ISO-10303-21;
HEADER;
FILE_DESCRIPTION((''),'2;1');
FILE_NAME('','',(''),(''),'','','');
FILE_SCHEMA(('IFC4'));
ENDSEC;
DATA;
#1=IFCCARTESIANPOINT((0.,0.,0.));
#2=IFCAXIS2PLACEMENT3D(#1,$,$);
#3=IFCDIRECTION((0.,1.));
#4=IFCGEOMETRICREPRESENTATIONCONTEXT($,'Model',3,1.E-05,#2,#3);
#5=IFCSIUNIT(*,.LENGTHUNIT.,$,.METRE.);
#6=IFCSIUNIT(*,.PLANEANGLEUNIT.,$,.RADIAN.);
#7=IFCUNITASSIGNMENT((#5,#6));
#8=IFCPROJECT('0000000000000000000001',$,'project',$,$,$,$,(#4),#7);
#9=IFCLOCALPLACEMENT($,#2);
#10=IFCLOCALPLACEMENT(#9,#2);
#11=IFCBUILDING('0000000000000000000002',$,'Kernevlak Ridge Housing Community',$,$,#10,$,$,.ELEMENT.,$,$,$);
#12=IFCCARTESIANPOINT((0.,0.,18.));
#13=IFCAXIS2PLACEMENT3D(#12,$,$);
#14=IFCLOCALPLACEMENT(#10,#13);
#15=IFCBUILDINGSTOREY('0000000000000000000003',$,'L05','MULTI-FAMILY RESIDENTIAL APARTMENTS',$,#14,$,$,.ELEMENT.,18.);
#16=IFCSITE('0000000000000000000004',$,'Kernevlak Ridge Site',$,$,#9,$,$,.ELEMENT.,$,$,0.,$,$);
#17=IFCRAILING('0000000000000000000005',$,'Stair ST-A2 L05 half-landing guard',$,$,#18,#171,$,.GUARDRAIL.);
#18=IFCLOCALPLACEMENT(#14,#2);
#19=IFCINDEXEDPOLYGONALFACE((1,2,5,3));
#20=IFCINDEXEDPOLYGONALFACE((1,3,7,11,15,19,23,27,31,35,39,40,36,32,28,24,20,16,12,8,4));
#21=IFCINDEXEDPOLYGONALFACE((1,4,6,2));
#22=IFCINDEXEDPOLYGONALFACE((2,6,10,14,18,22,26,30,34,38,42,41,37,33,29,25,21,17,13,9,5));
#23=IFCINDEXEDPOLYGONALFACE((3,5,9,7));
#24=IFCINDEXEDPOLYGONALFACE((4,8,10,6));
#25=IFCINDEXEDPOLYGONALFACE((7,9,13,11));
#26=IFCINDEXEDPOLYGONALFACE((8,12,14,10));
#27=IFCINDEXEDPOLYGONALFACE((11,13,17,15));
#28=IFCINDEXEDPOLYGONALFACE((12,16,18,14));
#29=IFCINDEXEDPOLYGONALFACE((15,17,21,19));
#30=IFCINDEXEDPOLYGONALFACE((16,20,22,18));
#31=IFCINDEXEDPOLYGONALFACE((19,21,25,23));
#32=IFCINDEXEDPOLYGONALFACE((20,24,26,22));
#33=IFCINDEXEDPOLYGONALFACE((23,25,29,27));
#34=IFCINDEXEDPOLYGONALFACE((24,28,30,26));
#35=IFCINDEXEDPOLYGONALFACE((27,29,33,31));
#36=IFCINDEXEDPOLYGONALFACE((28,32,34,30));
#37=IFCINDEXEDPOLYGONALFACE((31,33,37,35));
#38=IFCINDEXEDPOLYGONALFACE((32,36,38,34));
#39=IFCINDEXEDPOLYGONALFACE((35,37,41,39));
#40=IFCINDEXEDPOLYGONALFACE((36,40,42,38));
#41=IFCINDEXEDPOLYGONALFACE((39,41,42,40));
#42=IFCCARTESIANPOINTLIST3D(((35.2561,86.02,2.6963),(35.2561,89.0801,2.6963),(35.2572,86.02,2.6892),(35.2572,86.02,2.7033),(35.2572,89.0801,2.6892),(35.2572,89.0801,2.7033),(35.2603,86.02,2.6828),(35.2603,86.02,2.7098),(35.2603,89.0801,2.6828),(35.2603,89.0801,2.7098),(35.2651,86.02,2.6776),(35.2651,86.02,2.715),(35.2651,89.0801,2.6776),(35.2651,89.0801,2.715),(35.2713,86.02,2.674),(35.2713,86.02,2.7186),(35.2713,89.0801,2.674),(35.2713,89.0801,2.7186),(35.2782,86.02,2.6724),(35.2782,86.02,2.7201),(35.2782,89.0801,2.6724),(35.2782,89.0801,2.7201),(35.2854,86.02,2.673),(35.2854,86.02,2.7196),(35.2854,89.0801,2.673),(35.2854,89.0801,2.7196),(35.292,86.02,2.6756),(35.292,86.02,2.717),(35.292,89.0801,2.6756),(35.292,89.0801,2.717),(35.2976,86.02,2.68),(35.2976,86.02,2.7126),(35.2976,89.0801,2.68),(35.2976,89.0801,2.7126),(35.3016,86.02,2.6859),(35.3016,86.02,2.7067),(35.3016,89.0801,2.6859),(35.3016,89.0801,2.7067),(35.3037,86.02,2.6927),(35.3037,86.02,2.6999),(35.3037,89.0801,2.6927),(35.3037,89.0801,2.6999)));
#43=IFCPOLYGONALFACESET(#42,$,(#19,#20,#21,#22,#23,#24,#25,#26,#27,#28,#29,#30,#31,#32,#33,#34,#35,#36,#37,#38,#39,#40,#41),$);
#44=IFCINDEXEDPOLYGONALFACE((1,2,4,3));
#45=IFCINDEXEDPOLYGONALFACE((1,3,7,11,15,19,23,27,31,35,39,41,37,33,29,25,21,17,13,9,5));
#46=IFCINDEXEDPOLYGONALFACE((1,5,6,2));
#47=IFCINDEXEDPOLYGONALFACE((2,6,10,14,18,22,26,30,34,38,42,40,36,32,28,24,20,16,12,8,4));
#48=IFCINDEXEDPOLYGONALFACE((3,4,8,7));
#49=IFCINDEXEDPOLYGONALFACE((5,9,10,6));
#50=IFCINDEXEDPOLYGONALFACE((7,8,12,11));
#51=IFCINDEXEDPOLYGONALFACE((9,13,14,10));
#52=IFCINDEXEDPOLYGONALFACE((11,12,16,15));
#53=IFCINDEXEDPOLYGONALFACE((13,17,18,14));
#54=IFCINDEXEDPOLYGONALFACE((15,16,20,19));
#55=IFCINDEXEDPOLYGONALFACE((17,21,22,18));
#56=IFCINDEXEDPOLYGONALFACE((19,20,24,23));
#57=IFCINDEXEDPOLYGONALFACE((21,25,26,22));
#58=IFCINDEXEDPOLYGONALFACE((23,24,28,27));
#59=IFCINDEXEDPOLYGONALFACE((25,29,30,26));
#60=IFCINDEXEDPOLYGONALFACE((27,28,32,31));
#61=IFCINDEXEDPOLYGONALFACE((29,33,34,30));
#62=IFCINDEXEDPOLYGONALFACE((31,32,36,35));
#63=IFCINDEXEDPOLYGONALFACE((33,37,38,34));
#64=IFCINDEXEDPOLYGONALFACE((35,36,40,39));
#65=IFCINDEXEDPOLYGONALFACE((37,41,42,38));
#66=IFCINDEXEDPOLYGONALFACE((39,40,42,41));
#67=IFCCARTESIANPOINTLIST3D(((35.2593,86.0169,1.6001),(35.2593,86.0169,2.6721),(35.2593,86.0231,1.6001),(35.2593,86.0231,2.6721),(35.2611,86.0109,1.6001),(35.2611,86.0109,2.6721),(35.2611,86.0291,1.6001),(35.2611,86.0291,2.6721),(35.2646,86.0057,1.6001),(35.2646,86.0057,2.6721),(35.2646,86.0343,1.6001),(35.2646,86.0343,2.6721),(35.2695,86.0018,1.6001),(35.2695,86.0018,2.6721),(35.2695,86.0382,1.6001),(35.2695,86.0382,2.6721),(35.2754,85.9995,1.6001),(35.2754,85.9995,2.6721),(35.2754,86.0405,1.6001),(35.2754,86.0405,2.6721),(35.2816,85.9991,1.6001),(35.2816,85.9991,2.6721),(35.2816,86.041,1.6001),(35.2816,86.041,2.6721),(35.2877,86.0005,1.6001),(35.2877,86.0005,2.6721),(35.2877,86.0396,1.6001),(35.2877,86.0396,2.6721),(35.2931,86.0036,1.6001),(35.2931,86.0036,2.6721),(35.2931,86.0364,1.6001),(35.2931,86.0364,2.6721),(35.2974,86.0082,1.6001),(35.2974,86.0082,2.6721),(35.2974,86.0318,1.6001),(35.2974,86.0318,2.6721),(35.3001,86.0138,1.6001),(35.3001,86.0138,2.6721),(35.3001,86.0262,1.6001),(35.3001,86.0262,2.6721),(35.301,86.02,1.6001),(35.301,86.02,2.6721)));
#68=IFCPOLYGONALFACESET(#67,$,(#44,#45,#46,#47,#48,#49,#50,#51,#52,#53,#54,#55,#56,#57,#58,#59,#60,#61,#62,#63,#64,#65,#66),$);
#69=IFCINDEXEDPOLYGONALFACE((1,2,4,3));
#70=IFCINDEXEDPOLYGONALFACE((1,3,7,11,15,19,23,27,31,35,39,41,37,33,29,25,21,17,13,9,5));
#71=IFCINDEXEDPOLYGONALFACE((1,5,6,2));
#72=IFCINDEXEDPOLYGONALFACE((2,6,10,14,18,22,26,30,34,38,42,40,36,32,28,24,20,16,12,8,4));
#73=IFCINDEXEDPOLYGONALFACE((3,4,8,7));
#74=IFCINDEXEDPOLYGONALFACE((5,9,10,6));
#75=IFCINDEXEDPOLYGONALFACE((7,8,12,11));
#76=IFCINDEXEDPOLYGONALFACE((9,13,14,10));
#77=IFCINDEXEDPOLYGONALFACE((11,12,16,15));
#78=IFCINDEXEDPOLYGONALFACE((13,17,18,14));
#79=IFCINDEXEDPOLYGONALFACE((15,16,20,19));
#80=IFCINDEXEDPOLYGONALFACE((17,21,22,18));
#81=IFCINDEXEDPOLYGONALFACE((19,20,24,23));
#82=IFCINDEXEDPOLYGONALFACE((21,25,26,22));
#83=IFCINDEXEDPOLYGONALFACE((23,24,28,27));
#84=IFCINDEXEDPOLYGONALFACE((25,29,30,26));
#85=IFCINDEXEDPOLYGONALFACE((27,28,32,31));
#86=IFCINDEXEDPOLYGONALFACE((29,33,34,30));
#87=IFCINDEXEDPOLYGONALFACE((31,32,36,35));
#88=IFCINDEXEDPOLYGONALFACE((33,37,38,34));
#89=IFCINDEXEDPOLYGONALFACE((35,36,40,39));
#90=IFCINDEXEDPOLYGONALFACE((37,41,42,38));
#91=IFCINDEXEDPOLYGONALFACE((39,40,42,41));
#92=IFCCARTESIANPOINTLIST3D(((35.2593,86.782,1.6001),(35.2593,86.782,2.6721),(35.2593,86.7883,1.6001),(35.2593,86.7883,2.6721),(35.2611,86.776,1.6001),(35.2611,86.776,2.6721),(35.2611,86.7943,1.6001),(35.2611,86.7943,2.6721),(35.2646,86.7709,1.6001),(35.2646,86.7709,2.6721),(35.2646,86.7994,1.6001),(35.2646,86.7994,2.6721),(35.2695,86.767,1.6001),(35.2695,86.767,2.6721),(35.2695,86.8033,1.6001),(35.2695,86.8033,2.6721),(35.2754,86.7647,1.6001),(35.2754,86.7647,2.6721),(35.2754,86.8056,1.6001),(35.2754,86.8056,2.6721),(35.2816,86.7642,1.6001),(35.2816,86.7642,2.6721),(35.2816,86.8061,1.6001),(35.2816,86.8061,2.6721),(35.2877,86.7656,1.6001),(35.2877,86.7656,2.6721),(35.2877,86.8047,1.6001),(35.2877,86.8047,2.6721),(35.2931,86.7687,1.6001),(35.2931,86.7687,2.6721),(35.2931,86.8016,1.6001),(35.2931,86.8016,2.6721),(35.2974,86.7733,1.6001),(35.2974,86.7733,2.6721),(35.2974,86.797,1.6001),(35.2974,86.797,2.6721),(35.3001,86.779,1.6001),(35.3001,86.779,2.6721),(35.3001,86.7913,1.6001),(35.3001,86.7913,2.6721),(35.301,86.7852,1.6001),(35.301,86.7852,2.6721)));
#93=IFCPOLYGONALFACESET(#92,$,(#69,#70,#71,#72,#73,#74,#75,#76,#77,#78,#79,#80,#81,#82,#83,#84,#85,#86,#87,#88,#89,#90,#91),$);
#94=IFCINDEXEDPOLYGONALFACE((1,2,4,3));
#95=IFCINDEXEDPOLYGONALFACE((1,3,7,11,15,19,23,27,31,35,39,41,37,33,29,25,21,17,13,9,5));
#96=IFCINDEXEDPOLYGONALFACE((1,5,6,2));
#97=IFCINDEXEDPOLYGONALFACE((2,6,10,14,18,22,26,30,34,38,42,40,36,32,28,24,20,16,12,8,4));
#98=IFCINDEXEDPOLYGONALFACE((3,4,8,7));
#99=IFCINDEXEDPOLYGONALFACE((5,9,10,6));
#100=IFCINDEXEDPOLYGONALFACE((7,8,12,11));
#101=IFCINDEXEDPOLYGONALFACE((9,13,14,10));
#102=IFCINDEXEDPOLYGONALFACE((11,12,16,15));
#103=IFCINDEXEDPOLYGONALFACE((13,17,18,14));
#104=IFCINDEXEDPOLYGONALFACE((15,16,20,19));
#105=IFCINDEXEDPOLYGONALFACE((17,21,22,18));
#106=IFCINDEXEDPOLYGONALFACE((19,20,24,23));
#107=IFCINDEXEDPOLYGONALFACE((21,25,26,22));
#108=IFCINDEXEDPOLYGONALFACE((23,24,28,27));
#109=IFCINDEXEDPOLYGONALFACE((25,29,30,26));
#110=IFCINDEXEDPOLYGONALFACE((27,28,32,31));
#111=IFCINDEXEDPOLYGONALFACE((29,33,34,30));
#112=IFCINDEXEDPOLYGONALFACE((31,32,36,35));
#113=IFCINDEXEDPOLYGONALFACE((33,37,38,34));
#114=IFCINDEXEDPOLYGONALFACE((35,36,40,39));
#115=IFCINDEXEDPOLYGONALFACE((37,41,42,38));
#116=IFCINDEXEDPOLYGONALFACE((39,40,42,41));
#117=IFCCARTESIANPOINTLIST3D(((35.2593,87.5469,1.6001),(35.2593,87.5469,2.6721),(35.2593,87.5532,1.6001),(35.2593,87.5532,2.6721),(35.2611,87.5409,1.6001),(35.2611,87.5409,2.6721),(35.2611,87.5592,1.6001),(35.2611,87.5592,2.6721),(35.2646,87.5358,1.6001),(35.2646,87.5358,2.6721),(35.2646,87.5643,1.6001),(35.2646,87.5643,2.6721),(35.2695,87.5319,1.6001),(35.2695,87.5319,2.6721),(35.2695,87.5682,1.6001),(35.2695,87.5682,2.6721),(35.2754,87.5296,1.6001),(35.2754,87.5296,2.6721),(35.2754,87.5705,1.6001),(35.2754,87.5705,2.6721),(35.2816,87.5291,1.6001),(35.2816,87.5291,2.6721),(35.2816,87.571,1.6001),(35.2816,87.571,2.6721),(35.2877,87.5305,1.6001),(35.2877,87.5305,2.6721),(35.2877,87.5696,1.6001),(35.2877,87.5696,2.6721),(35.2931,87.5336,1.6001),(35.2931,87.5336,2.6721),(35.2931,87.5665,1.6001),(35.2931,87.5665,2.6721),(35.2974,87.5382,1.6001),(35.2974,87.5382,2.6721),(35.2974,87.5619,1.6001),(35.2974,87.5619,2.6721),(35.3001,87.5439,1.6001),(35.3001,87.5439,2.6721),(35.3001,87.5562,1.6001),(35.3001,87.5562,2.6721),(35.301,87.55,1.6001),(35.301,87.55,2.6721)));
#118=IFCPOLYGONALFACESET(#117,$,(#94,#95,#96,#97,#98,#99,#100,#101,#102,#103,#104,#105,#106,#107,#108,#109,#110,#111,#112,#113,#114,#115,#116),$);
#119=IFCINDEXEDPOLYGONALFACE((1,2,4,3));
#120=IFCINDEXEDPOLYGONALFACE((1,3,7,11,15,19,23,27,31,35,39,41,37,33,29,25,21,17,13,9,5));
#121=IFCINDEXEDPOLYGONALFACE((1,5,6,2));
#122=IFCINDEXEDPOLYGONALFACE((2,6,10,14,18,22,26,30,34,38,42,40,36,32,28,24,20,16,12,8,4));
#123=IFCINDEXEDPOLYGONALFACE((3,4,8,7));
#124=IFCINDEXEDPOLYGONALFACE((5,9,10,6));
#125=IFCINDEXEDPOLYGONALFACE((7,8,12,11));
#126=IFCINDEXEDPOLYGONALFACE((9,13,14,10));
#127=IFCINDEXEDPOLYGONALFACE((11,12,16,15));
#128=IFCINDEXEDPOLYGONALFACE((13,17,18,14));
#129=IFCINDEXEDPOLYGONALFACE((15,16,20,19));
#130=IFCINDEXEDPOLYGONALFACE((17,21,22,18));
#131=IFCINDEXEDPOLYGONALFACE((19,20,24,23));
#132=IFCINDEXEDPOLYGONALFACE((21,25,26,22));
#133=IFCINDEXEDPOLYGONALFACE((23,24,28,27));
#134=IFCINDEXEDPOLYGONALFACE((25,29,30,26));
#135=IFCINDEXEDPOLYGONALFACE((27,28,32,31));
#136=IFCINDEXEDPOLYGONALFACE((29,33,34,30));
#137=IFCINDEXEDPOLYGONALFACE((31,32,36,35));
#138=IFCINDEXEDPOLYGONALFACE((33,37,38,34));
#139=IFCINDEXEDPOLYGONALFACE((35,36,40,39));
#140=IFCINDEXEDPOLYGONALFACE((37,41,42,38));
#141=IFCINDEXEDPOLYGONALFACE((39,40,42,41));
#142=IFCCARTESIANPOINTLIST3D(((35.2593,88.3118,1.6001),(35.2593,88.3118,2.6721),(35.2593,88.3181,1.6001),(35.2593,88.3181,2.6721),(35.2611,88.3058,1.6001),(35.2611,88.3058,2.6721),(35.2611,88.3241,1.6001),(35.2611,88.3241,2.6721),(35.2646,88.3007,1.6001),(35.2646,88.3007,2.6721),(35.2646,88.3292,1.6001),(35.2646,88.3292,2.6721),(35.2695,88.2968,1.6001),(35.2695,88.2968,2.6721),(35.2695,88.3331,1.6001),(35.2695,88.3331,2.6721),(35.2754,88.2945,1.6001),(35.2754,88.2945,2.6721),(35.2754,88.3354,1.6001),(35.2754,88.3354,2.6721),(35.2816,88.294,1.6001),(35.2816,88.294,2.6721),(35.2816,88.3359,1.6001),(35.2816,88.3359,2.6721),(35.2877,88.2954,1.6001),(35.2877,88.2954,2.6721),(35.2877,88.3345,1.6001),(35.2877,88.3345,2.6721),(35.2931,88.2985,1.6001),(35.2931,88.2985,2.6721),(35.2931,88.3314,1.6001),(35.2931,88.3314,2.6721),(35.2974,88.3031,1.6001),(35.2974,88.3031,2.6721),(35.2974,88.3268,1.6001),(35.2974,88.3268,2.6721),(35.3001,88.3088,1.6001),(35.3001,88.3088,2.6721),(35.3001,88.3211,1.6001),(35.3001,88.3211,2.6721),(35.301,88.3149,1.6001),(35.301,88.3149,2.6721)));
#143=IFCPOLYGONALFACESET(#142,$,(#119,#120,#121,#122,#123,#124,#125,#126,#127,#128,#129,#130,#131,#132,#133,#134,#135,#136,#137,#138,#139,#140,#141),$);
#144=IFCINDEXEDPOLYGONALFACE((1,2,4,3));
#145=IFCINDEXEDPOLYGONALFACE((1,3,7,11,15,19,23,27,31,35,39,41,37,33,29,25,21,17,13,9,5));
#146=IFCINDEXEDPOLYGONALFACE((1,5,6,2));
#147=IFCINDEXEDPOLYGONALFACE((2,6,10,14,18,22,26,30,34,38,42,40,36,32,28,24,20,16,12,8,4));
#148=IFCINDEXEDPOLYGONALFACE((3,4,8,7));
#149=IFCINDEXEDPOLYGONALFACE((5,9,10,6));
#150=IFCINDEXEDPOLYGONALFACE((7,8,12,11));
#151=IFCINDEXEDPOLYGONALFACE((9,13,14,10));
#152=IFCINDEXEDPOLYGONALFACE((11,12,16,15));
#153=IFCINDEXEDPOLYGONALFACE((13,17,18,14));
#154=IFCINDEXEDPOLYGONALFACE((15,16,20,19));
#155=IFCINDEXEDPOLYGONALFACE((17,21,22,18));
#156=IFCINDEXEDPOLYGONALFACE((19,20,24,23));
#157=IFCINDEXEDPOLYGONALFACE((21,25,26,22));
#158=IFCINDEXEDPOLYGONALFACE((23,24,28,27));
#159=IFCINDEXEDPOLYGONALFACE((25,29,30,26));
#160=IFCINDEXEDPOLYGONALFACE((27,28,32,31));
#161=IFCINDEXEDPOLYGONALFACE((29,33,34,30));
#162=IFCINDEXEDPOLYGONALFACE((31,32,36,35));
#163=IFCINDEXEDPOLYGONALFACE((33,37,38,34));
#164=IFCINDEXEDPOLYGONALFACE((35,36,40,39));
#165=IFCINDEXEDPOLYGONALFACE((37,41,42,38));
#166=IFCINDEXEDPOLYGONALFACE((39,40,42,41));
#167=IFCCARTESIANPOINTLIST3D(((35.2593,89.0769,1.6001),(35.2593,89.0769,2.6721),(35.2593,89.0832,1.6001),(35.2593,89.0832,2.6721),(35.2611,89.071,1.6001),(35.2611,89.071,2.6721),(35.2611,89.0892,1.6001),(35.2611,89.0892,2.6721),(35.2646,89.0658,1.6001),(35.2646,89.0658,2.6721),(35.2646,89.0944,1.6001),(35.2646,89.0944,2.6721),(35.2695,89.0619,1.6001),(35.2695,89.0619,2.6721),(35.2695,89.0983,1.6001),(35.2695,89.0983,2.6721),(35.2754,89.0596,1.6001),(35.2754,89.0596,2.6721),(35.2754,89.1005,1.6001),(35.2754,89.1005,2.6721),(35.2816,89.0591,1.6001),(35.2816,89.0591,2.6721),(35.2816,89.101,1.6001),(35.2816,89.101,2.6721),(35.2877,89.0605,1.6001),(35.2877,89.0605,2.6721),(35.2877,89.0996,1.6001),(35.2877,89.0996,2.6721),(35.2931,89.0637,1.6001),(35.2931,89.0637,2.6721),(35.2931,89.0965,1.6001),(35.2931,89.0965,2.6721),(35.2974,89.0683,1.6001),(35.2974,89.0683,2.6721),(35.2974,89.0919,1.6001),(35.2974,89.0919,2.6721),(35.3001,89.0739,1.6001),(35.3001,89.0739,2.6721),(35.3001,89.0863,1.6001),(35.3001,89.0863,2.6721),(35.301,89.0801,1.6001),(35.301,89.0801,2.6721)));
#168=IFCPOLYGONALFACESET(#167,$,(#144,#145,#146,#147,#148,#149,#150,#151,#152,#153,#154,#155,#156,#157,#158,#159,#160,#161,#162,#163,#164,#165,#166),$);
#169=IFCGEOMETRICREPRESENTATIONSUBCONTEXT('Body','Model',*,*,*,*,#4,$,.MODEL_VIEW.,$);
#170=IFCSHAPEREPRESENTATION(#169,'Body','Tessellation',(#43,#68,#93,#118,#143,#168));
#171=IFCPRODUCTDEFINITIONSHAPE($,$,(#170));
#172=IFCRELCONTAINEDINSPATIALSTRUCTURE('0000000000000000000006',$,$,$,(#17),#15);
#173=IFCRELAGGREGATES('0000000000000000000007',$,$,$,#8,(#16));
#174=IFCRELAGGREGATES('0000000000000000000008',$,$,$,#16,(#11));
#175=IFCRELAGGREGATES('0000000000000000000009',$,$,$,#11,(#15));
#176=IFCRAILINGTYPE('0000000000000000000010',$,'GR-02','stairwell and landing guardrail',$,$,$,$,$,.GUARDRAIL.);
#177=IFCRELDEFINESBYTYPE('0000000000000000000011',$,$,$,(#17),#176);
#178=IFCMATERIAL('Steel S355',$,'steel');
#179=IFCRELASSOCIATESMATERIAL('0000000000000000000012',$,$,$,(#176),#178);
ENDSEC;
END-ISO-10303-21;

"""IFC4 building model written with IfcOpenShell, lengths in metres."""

from ifc_helpers import new_model, si_unit, direction, frame, origin, origin_2d, place, context, subcontext, project, spatial, circle, extrude, material, type_object, element, save


model = new_model("IFC4")

# Units and contexts
model_context = context("Model", 3, precision=1e-05, world=origin(), true_north=direction((0.0, 1.0)))
body_context = subcontext(model_context, "Body", "Model", "MODEL_VIEW")
ifc_project = project(units=[si_unit("LENGTHUNIT", "METRE"), si_unit("PLANEANGLEUNIT", "RADIAN")], contexts=[model_context])

# Site, building, storey
site_placement = place(None, origin())
site = spatial("IfcSite", under=ifc_project, at=site_placement, Name="Kernevlak Ridge Site", CompositionType="ELEMENT", RefElevation=0.0)
building_placement = place(site_placement, origin())
building = spatial("IfcBuilding", under=site, at=building_placement, Name="Kernevlak Ridge Housing Community", CompositionType="ELEMENT")
storey_placement = place(building_placement, frame((0.0, 0.0, 18.0)))
storey = spatial("IfcBuildingStorey", under=building, at=storey_placement, Name="L05", Description="MULTI-FAMILY RESIDENTIAL APARTMENTS", CompositionType="ELEMENT", Elevation=18.0)

# Railing
ifc_material_1 = material(Name="Steel S355", Category="steel")
railing_type_1 = type_object("IfcRailingType", Name="GR-02", Description="stairwell and landing guardrail", PredefinedType="GUARDRAIL", material=ifc_material_1)
railing_1_placement = place(storey_placement, frame((35.28, 86.02, 1.6001)))
element("IfcRailing", 1, at=railing_1_placement, inside=storey, type_object=railing_type_1, Name="Stair ST-A2 L05 half-landing guard", PredefinedType="GUARDRAIL", context=body_context, shape_type="SweptSolid", body=[
    extrude(circle(Radius=0.0239, at=origin_2d()), frame((0.0, 0.0, 1.0962), z_axis=(0.0, 1.0, 0.0), x_axis=(-1.0, 0.0, 0.0)), (0.0, 0.0, 1.0), 3.0601),
    extrude(circle(Radius=0.021, at=origin_2d()), origin(), (0.0, 0.0, 1.0), 1.072),
    extrude(circle(Radius=0.021, at=origin_2d()), frame((0.0, 0.7651, 0.0)), (0.0, 0.0, 1.0), 1.072),
    extrude(circle(Radius=0.021, at=origin_2d()), frame((0.0, 1.53, 0.0)), (0.0, 0.0, 1.0), 1.072),
    extrude(circle(Radius=0.021, at=origin_2d()), frame((0.0, 2.2949, 0.0)), (0.0, 0.0, 1.0), 1.072),
    extrude(circle(Radius=0.021, at=origin_2d()), frame((0.0, 3.0601, 0.0)), (0.0, 0.0, 1.0), 1.072),
])

save(model, "model.ifc")
